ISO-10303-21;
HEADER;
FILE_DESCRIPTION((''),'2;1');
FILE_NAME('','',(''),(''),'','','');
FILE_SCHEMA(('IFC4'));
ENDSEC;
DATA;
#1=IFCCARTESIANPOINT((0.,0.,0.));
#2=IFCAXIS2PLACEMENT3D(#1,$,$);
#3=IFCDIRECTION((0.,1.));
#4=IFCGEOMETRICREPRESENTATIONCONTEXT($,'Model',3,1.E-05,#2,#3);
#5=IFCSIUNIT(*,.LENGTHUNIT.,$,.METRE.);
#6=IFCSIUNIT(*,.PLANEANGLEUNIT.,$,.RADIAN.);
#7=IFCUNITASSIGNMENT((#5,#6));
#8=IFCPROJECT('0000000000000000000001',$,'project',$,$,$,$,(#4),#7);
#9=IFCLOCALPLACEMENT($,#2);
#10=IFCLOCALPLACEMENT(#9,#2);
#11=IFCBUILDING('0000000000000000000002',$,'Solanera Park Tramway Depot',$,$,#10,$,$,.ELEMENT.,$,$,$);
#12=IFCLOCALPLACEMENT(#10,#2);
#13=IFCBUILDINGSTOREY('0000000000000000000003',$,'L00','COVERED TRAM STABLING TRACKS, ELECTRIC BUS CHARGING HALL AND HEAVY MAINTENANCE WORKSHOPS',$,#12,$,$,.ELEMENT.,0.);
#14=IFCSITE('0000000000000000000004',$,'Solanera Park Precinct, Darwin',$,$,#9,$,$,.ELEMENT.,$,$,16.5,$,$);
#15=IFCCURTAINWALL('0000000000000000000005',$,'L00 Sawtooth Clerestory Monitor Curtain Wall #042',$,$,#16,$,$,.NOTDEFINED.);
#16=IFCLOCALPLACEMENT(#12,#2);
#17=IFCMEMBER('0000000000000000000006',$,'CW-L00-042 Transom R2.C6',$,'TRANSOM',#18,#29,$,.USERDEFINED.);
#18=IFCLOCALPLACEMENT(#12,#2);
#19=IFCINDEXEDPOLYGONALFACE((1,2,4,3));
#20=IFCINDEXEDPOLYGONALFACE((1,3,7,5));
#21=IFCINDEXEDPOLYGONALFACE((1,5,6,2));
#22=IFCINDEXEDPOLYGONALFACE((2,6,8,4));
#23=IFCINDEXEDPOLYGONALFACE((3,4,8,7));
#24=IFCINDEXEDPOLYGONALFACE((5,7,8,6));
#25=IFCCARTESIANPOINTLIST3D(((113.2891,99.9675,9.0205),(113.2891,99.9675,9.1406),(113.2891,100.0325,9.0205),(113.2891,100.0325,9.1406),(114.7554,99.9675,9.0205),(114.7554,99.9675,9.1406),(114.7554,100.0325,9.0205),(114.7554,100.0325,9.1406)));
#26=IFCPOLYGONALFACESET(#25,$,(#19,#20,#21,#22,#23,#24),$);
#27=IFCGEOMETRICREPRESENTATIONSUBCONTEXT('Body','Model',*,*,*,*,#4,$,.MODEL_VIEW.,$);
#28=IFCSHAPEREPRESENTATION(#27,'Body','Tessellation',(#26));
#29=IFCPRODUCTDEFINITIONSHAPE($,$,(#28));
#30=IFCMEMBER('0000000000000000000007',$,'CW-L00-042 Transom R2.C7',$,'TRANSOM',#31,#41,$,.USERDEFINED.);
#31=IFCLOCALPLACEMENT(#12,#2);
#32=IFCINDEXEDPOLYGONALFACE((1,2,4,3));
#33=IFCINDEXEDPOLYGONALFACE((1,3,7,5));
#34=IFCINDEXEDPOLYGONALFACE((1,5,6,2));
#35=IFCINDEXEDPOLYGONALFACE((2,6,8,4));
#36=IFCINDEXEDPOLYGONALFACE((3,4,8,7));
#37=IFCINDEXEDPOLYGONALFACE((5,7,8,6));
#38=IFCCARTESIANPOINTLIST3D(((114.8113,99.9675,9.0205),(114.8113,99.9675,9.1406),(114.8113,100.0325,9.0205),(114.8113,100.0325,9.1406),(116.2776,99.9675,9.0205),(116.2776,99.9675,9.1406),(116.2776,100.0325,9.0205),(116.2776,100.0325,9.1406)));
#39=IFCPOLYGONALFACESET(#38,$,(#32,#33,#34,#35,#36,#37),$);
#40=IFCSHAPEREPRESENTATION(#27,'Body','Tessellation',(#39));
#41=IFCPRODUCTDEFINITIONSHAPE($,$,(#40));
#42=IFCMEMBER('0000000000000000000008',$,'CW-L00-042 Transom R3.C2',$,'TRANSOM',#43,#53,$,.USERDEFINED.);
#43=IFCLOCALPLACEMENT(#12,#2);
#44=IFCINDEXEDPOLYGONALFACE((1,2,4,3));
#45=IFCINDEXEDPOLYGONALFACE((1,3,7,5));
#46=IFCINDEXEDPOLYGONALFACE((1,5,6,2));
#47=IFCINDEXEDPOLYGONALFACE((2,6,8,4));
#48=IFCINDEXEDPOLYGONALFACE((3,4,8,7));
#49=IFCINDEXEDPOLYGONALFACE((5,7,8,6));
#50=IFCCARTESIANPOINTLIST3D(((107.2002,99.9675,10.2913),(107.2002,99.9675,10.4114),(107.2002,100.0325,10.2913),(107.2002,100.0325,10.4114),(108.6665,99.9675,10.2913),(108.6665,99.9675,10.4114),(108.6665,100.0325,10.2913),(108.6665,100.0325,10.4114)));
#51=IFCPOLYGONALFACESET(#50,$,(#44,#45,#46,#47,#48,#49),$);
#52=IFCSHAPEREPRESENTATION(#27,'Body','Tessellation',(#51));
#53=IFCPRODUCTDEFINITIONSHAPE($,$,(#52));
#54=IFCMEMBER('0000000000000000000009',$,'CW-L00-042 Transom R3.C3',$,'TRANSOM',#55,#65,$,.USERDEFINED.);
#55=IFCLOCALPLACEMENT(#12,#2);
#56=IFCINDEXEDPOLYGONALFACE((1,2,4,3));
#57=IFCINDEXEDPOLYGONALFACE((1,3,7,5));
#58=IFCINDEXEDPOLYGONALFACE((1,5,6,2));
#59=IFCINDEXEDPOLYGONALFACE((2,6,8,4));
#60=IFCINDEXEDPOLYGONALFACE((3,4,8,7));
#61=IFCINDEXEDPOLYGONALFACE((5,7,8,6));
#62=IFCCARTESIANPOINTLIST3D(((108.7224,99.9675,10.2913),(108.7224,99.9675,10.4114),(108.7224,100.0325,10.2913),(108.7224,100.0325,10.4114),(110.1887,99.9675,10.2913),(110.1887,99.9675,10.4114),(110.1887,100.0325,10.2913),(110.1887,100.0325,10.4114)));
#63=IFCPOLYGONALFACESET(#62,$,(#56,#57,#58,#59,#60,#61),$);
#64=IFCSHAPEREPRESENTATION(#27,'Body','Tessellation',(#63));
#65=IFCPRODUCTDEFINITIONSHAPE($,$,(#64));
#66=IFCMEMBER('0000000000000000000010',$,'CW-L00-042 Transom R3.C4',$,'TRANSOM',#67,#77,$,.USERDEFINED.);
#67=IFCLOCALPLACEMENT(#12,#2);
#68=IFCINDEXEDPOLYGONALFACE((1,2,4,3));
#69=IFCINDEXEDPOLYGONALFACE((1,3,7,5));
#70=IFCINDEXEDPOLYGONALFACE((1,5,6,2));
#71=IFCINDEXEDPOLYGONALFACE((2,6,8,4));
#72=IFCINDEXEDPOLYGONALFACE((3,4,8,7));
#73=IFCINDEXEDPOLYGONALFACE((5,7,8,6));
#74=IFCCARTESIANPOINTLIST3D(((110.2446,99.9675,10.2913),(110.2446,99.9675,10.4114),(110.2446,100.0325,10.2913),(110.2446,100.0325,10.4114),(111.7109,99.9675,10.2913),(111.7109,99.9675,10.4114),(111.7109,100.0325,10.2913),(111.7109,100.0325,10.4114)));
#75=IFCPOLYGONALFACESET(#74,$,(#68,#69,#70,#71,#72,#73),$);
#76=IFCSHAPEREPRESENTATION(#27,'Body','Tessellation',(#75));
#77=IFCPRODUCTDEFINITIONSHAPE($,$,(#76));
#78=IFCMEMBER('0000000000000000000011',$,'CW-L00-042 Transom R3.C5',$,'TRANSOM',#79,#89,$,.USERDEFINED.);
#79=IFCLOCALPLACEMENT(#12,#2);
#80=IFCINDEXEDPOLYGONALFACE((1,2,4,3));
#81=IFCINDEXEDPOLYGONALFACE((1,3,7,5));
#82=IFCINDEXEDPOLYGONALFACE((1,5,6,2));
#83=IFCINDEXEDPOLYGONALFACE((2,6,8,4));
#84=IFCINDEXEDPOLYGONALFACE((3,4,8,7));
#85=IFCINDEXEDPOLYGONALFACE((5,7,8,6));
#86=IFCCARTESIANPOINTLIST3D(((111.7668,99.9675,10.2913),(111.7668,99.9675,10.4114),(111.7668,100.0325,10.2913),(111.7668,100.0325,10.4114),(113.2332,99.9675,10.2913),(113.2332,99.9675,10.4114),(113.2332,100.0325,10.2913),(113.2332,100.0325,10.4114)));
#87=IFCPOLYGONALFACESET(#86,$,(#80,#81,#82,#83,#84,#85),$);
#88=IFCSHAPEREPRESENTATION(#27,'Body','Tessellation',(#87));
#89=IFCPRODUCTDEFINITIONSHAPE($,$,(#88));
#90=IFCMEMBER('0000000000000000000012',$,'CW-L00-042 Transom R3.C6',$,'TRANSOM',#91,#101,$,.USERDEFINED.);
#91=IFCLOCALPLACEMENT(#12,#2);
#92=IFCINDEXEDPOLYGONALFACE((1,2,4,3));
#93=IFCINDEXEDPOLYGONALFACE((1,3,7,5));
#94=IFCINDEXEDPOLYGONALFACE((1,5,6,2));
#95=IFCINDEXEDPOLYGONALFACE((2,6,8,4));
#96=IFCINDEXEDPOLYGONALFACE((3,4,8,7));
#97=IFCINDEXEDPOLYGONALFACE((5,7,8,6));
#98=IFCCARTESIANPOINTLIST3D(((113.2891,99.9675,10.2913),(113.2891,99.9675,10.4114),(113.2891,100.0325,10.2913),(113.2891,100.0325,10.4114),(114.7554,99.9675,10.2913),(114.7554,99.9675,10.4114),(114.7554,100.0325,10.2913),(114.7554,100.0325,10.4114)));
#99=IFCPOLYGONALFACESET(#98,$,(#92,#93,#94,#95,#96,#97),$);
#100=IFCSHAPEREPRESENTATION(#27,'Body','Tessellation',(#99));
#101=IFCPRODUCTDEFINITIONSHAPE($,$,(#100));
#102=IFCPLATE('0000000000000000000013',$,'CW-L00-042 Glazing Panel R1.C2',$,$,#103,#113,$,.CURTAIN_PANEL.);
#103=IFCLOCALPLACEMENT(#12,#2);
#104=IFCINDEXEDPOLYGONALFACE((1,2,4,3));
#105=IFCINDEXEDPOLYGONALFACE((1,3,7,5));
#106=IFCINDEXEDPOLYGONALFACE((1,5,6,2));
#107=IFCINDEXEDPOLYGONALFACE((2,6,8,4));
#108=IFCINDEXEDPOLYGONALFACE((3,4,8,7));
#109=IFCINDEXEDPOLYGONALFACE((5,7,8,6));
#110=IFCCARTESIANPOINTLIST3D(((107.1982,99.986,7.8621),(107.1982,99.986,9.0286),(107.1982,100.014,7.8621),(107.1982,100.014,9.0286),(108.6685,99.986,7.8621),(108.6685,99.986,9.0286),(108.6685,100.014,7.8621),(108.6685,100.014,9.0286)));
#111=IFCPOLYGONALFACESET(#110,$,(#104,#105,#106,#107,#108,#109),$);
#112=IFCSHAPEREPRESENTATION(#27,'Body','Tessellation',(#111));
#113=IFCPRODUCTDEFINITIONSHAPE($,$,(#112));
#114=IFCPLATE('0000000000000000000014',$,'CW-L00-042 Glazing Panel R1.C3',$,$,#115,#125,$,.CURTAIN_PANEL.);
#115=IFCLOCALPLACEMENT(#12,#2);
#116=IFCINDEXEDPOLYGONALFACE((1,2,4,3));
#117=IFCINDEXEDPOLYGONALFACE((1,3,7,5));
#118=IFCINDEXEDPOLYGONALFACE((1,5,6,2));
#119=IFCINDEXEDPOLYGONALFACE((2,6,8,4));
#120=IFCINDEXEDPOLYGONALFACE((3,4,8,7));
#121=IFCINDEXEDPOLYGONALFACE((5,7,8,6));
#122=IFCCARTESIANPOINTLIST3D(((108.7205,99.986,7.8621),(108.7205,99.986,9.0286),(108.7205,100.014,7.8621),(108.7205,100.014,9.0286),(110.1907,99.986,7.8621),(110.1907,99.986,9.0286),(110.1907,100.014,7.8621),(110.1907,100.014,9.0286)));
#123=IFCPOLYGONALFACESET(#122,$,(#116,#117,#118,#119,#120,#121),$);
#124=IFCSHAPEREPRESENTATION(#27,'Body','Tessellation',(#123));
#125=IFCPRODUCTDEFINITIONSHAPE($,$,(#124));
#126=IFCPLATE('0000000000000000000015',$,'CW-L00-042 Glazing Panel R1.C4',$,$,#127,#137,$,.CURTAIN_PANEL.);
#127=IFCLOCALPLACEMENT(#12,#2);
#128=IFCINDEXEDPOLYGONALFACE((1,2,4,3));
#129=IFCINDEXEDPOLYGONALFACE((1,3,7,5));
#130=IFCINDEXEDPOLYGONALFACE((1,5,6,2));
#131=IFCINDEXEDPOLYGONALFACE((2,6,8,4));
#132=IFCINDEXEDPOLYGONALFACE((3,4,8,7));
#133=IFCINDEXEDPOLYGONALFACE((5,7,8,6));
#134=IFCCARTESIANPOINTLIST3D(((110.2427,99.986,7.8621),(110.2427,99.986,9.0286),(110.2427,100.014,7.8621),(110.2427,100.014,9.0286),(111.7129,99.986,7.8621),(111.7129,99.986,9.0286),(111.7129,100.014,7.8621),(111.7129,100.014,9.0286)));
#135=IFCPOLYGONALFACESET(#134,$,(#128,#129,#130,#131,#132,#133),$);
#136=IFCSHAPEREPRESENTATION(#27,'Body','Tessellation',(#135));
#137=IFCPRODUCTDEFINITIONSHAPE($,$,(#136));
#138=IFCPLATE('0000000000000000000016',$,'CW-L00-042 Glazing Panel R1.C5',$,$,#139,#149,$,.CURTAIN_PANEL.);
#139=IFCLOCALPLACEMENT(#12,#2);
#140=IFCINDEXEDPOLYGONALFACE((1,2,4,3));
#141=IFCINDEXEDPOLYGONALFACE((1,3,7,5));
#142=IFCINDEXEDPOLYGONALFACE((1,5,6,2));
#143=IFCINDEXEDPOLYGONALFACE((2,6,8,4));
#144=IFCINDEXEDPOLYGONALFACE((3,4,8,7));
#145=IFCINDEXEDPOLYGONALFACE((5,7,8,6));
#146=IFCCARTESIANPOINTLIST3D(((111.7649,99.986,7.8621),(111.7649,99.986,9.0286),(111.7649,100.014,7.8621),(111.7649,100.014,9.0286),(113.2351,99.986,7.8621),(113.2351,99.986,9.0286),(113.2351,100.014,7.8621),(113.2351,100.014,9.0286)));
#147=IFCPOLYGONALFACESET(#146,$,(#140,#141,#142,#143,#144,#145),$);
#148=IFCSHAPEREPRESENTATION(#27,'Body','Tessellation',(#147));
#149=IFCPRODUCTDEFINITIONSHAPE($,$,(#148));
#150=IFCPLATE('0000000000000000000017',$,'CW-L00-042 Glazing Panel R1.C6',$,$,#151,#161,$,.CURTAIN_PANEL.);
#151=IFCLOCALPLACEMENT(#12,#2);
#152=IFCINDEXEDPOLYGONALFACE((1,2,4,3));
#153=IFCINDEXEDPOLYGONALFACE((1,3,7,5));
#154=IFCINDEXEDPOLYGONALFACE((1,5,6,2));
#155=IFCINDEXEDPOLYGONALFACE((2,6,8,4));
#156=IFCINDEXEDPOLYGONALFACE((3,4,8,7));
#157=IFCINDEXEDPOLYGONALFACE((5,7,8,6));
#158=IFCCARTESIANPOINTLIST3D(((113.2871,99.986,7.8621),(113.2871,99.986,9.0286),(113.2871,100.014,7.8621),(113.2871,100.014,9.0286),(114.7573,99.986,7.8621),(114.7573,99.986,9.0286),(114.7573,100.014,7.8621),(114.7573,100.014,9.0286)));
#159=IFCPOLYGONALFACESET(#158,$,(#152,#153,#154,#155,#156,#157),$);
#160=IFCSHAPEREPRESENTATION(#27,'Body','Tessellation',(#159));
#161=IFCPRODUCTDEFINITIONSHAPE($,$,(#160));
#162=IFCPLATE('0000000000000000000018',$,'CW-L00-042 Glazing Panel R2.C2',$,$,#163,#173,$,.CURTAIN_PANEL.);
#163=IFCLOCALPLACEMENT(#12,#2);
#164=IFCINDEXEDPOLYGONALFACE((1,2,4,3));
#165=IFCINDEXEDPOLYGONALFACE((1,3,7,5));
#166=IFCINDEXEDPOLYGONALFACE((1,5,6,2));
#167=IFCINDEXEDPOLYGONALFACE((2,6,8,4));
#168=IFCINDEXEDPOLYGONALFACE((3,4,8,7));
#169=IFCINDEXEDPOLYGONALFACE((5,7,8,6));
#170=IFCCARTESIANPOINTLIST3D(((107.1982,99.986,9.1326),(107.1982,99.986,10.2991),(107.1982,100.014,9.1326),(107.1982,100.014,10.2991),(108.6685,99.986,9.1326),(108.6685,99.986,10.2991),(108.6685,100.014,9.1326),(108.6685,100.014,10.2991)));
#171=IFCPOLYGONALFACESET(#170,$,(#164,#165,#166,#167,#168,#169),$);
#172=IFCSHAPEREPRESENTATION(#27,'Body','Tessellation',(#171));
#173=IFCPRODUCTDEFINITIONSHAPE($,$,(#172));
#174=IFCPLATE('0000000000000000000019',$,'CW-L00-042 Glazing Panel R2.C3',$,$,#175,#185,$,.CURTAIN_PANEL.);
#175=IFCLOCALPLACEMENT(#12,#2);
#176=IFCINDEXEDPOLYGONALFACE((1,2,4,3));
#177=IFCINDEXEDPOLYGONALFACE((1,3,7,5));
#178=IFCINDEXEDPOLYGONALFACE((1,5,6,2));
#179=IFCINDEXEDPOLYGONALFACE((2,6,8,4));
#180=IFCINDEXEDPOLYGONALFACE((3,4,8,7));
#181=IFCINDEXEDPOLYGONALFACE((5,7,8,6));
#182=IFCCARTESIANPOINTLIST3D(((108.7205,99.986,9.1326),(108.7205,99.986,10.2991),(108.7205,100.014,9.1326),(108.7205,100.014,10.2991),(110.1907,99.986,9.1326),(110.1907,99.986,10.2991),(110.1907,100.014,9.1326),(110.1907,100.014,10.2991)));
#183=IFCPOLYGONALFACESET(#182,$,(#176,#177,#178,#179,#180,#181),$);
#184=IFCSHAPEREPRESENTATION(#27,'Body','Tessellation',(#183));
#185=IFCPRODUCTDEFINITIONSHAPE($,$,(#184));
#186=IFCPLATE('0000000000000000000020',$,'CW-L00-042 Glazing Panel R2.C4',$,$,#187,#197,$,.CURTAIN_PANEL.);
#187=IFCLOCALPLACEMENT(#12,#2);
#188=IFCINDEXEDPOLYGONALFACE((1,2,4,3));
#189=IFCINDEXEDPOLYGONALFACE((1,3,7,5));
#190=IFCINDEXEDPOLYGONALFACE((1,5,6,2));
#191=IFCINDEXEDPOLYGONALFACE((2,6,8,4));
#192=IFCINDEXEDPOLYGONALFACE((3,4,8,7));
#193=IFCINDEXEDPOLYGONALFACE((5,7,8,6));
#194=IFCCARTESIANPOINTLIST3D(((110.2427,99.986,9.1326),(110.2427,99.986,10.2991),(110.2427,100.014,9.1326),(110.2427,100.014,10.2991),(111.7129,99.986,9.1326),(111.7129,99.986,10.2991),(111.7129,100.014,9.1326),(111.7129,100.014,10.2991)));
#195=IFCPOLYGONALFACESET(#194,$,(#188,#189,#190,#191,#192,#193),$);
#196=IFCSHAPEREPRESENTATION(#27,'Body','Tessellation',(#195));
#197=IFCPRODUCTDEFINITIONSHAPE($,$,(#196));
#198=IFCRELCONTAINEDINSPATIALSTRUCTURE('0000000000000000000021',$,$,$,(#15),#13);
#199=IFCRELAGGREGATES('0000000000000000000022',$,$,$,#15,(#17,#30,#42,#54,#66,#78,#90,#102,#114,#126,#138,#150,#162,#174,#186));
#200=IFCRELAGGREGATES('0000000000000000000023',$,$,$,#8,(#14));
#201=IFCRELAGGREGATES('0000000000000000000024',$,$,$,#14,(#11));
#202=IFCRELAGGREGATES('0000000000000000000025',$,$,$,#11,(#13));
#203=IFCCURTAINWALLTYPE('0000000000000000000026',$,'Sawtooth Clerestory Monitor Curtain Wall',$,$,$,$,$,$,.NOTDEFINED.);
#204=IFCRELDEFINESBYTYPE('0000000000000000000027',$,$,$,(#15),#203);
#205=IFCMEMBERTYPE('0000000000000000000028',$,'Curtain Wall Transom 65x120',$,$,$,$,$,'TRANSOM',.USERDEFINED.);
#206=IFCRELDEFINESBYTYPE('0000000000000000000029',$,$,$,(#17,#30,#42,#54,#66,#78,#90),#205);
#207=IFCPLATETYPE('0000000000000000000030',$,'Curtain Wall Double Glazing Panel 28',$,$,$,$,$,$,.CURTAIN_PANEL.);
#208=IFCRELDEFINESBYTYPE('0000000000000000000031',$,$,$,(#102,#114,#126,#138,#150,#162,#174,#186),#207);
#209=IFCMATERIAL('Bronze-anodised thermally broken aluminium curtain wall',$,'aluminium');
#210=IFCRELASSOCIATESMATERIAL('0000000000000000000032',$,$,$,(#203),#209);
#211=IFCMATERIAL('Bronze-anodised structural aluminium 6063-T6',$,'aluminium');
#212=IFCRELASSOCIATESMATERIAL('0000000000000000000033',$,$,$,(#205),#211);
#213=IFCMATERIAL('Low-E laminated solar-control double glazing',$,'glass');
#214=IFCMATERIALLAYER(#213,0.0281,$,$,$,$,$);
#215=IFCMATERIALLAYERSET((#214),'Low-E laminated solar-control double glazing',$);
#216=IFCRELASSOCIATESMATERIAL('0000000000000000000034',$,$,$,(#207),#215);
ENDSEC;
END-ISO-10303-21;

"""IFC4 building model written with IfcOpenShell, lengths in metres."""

from ifc_helpers import new_model, si_unit, direction, frame, origin, origin_2d, place, context, subcontext, project, spatial, rectangle, extrude, material, layer, layer_set, material_profile, profile_set, type_object, element, aggregate, save


model = new_model("IFC4")

# Units and contexts
model_context = context("Model", 3, precision=1e-05, world=origin(), true_north=direction((0.0, 1.0)))
body_context = subcontext(model_context, "Body", "Model", "MODEL_VIEW")
ifc_project = project(units=[si_unit("LENGTHUNIT", "METRE"), si_unit("PLANEANGLEUNIT", "RADIAN")], contexts=[model_context])

# Site, building, storey
site_placement = place(None, origin())
site = spatial("IfcSite", under=ifc_project, at=site_placement, Name="Solanera Park Precinct, Darwin", CompositionType="ELEMENT", RefElevation=16.5)
building_placement = place(site_placement, origin())
building = spatial("IfcBuilding", under=site, at=building_placement, Name="Solanera Park Tramway Depot", CompositionType="ELEMENT")
storey_placement = place(building_placement, origin())
storey = spatial("IfcBuildingStorey", under=building, at=storey_placement, Name="L00", Description="COVERED TRAM STABLING TRACKS, ELECTRIC BUS CHARGING HALL AND HEAVY MAINTENANCE WORKSHOPS", CompositionType="ELEMENT", Elevation=0.0)

# Curtain wall, members, plates
ifc_material_1 = material(Name="Bronze-anodised thermally broken aluminium curtain wall", Category="aluminium")
curtain_wall_type = type_object("IfcCurtainWallType", Name="Sawtooth Clerestory Monitor Curtain Wall", PredefinedType="NOTDEFINED", material=ifc_material_1)
curtain_wall_placement = place(storey_placement, origin())
curtain_wall = element("IfcCurtainWall", 1, at=curtain_wall_placement, inside=storey, type_object=curtain_wall_type, Name="L00 Sawtooth Clerestory Monitor Curtain Wall #042", PredefinedType="NOTDEFINED")
ifc_material_2 = material(Name="Bronze-anodised structural aluminium 6063-T6", Category="aluminium")
ifc_material_profile_1 = material_profile(ifc_material_2, rectangle(XDim=0.0649, YDim=0.1201, at=origin_2d()), Name="Curtain Wall Transom 65x120")
ifc_profile_set_1 = profile_set([ifc_material_profile_1], Name="Bronze-anodised structural aluminium 6063-T6")
member_type_1 = type_object("IfcMemberType", Name="Curtain Wall Transom 65x120", ElementType="TRANSOM", PredefinedType="USERDEFINED", material=ifc_profile_set_1)
member_1_placement = place(storey_placement, frame((113.2891, 100.0, 9.0806), z_axis=(1.0, 0.0, 0.0), x_axis=(0.0, 1.0, 0.0)))
member_1 = element("IfcMember", 2, at=member_1_placement, type_object=member_type_1, Name="CW-L00-042 Transom R2.C6", ObjectType="TRANSOM", PredefinedType="USERDEFINED", context=body_context, shape_type="SweptSolid", body=[
    extrude(rectangle(XDim=0.0649, YDim=0.1201, at=origin_2d()), origin(), (0.0, 0.0, 1.0), 1.4663),
])
member_2_placement = place(storey_placement, frame((114.8113, 100.0, 9.0806), z_axis=(1.0, 0.0, 0.0), x_axis=(0.0, 1.0, 0.0)))
member_2 = element("IfcMember", 3, at=member_2_placement, type_object=member_type_1, Name="CW-L00-042 Transom R2.C7", ObjectType="TRANSOM", PredefinedType="USERDEFINED", context=body_context, shape_type="SweptSolid", body=[
    extrude(rectangle(XDim=0.0649, YDim=0.1201, at=origin_2d()), origin(), (0.0, 0.0, 1.0), 1.4663),
])
member_3_placement = place(storey_placement, frame((107.2002, 100.0, 10.3513), z_axis=(1.0, 0.0, 0.0), x_axis=(0.0, 1.0, 0.0)))
member_3 = element("IfcMember", 4, at=member_3_placement, type_object=member_type_1, Name="CW-L00-042 Transom R3.C2", ObjectType="TRANSOM", PredefinedType="USERDEFINED", context=body_context, shape_type="SweptSolid", body=[
    extrude(rectangle(XDim=0.0649, YDim=0.1201, at=origin_2d()), origin(), (0.0, 0.0, 1.0), 1.4663),
])
member_4_placement = place(storey_placement, frame((108.7224, 100.0, 10.3513), z_axis=(1.0, 0.0, 0.0), x_axis=(0.0, 1.0, 0.0)))
member_4 = element("IfcMember", 5, at=member_4_placement, type_object=member_type_1, Name="CW-L00-042 Transom R3.C3", ObjectType="TRANSOM", PredefinedType="USERDEFINED", context=body_context, shape_type="SweptSolid", body=[
    extrude(rectangle(XDim=0.0649, YDim=0.1201, at=origin_2d()), origin(), (0.0, 0.0, 1.0), 1.4663),
])
member_5_placement = place(storey_placement, frame((110.2446, 100.0, 10.3513), z_axis=(1.0, 0.0, 0.0), x_axis=(0.0, 1.0, 0.0)))
member_5 = element("IfcMember", 6, at=member_5_placement, type_object=member_type_1, Name="CW-L00-042 Transom R3.C4", ObjectType="TRANSOM", PredefinedType="USERDEFINED", context=body_context, shape_type="SweptSolid", body=[
    extrude(rectangle(XDim=0.0649, YDim=0.1201, at=origin_2d()), origin(), (0.0, 0.0, 1.0), 1.4663),
])
member_6_placement = place(storey_placement, frame((111.7668, 100.0, 10.3513), z_axis=(1.0, 0.0, 0.0), x_axis=(0.0, 1.0, 0.0)))
member_6 = element("IfcMember", 7, at=member_6_placement, type_object=member_type_1, Name="CW-L00-042 Transom R3.C5", ObjectType="TRANSOM", PredefinedType="USERDEFINED", context=body_context, shape_type="SweptSolid", body=[
    extrude(rectangle(XDim=0.0649, YDim=0.1201, at=origin_2d()), origin(), (0.0, 0.0, 1.0), 1.4663),
])
member_7_placement = place(storey_placement, frame((113.2891, 100.0, 10.3513), z_axis=(1.0, 0.0, 0.0), x_axis=(0.0, 1.0, 0.0)))
member_7 = element("IfcMember", 8, at=member_7_placement, type_object=member_type_1, Name="CW-L00-042 Transom R3.C6", ObjectType="TRANSOM", PredefinedType="USERDEFINED", context=body_context, shape_type="SweptSolid", body=[
    extrude(rectangle(XDim=0.0649, YDim=0.1201, at=origin_2d()), origin(), (0.0, 0.0, 1.0), 1.4663),
])
ifc_material_3 = material(Name="Low-E laminated solar-control double glazing", Category="glass")
ifc_layer = layer(ifc_material_3, 0.0281)
ifc_layer_set = layer_set([ifc_layer], Name="Low-E laminated solar-control double glazing")
plate_type = type_object("IfcPlateType", Name="Curtain Wall Double Glazing Panel 28", PredefinedType="CURTAIN_PANEL", material=ifc_layer_set)
plate_1_placement = place(storey_placement, frame((107.9333, 100.0, 7.8621), z_axis=(0.0, 0.0, 1.0), x_axis=(1.0, 0.0, 0.0)))
plate_1 = element("IfcPlate", 9, at=plate_1_placement, type_object=plate_type, Name="CW-L00-042 Glazing Panel R1.C2", PredefinedType="CURTAIN_PANEL", context=body_context, shape_type="SweptSolid", body=[
    extrude(rectangle(XDim=1.4702, YDim=0.0281, at=origin_2d()), origin(), (0.0, 0.0, 1.0), 1.1665),
])
plate_2_placement = place(storey_placement, frame((109.4556, 100.0, 7.8621), z_axis=(0.0, 0.0, 1.0), x_axis=(1.0, 0.0, 0.0)))
plate_2 = element("IfcPlate", 10, at=plate_2_placement, type_object=plate_type, Name="CW-L00-042 Glazing Panel R1.C3", PredefinedType="CURTAIN_PANEL", context=body_context, shape_type="SweptSolid", body=[
    extrude(rectangle(XDim=1.4702, YDim=0.0281, at=origin_2d()), origin(), (0.0, 0.0, 1.0), 1.1665),
])
plate_3_placement = place(storey_placement, frame((110.9778, 100.0, 7.8621), z_axis=(0.0, 0.0, 1.0), x_axis=(1.0, 0.0, 0.0)))
plate_3 = element("IfcPlate", 11, at=plate_3_placement, type_object=plate_type, Name="CW-L00-042 Glazing Panel R1.C4", PredefinedType="CURTAIN_PANEL", context=body_context, shape_type="SweptSolid", body=[
    extrude(rectangle(XDim=1.4702, YDim=0.0281, at=origin_2d()), origin(), (0.0, 0.0, 1.0), 1.1665),
])
plate_4_placement = place(storey_placement, frame((112.5, 100.0, 7.8621), z_axis=(0.0, 0.0, 1.0), x_axis=(1.0, 0.0, 0.0)))
plate_4 = element("IfcPlate", 12, at=plate_4_placement, type_object=plate_type, Name="CW-L00-042 Glazing Panel R1.C5", PredefinedType="CURTAIN_PANEL", context=body_context, shape_type="SweptSolid", body=[
    extrude(rectangle(XDim=1.4702, YDim=0.0281, at=origin_2d()), origin(), (0.0, 0.0, 1.0), 1.1665),
])
plate_5_placement = place(storey_placement, frame((114.0222, 100.0, 7.8621), z_axis=(0.0, 0.0, 1.0), x_axis=(1.0, 0.0, 0.0)))
plate_5 = element("IfcPlate", 13, at=plate_5_placement, type_object=plate_type, Name="CW-L00-042 Glazing Panel R1.C6", PredefinedType="CURTAIN_PANEL", context=body_context, shape_type="SweptSolid", body=[
    extrude(rectangle(XDim=1.4702, YDim=0.0281, at=origin_2d()), origin(), (0.0, 0.0, 1.0), 1.1665),
])
plate_6_placement = place(storey_placement, frame((107.9333, 100.0, 9.1326), z_axis=(0.0, 0.0, 1.0), x_axis=(1.0, 0.0, 0.0)))
plate_6 = element("IfcPlate", 14, at=plate_6_placement, type_object=plate_type, Name="CW-L00-042 Glazing Panel R2.C2", PredefinedType="CURTAIN_PANEL", context=body_context, shape_type="SweptSolid", body=[
    extrude(rectangle(XDim=1.4702, YDim=0.0281, at=origin_2d()), origin(), (0.0, 0.0, 1.0), 1.1665),
])
plate_7_placement = place(storey_placement, frame((109.4556, 100.0, 9.1326), z_axis=(0.0, 0.0, 1.0), x_axis=(1.0, 0.0, 0.0)))
plate_7 = element("IfcPlate", 15, at=plate_7_placement, type_object=plate_type, Name="CW-L00-042 Glazing Panel R2.C3", PredefinedType="CURTAIN_PANEL", context=body_context, shape_type="SweptSolid", body=[
    extrude(rectangle(XDim=1.4702, YDim=0.0281, at=origin_2d()), origin(), (0.0, 0.0, 1.0), 1.1665),
])
plate_8_placement = place(storey_placement, frame((110.9778, 100.0, 9.1326), z_axis=(0.0, 0.0, 1.0), x_axis=(1.0, 0.0, 0.0)))
plate_8 = element("IfcPlate", 16, at=plate_8_placement, type_object=plate_type, Name="CW-L00-042 Glazing Panel R2.C4", PredefinedType="CURTAIN_PANEL", context=body_context, shape_type="SweptSolid", body=[
    extrude(rectangle(XDim=1.4702, YDim=0.0281, at=origin_2d()), origin(), (0.0, 0.0, 1.0), 1.1665),
])
aggregate(curtain_wall, [member_1, member_2, member_3, member_4, member_5, member_6, member_7, plate_1, plate_2, plate_3, plate_4, plate_5, plate_6, plate_7, plate_8])

save(model, "model.ifc")
